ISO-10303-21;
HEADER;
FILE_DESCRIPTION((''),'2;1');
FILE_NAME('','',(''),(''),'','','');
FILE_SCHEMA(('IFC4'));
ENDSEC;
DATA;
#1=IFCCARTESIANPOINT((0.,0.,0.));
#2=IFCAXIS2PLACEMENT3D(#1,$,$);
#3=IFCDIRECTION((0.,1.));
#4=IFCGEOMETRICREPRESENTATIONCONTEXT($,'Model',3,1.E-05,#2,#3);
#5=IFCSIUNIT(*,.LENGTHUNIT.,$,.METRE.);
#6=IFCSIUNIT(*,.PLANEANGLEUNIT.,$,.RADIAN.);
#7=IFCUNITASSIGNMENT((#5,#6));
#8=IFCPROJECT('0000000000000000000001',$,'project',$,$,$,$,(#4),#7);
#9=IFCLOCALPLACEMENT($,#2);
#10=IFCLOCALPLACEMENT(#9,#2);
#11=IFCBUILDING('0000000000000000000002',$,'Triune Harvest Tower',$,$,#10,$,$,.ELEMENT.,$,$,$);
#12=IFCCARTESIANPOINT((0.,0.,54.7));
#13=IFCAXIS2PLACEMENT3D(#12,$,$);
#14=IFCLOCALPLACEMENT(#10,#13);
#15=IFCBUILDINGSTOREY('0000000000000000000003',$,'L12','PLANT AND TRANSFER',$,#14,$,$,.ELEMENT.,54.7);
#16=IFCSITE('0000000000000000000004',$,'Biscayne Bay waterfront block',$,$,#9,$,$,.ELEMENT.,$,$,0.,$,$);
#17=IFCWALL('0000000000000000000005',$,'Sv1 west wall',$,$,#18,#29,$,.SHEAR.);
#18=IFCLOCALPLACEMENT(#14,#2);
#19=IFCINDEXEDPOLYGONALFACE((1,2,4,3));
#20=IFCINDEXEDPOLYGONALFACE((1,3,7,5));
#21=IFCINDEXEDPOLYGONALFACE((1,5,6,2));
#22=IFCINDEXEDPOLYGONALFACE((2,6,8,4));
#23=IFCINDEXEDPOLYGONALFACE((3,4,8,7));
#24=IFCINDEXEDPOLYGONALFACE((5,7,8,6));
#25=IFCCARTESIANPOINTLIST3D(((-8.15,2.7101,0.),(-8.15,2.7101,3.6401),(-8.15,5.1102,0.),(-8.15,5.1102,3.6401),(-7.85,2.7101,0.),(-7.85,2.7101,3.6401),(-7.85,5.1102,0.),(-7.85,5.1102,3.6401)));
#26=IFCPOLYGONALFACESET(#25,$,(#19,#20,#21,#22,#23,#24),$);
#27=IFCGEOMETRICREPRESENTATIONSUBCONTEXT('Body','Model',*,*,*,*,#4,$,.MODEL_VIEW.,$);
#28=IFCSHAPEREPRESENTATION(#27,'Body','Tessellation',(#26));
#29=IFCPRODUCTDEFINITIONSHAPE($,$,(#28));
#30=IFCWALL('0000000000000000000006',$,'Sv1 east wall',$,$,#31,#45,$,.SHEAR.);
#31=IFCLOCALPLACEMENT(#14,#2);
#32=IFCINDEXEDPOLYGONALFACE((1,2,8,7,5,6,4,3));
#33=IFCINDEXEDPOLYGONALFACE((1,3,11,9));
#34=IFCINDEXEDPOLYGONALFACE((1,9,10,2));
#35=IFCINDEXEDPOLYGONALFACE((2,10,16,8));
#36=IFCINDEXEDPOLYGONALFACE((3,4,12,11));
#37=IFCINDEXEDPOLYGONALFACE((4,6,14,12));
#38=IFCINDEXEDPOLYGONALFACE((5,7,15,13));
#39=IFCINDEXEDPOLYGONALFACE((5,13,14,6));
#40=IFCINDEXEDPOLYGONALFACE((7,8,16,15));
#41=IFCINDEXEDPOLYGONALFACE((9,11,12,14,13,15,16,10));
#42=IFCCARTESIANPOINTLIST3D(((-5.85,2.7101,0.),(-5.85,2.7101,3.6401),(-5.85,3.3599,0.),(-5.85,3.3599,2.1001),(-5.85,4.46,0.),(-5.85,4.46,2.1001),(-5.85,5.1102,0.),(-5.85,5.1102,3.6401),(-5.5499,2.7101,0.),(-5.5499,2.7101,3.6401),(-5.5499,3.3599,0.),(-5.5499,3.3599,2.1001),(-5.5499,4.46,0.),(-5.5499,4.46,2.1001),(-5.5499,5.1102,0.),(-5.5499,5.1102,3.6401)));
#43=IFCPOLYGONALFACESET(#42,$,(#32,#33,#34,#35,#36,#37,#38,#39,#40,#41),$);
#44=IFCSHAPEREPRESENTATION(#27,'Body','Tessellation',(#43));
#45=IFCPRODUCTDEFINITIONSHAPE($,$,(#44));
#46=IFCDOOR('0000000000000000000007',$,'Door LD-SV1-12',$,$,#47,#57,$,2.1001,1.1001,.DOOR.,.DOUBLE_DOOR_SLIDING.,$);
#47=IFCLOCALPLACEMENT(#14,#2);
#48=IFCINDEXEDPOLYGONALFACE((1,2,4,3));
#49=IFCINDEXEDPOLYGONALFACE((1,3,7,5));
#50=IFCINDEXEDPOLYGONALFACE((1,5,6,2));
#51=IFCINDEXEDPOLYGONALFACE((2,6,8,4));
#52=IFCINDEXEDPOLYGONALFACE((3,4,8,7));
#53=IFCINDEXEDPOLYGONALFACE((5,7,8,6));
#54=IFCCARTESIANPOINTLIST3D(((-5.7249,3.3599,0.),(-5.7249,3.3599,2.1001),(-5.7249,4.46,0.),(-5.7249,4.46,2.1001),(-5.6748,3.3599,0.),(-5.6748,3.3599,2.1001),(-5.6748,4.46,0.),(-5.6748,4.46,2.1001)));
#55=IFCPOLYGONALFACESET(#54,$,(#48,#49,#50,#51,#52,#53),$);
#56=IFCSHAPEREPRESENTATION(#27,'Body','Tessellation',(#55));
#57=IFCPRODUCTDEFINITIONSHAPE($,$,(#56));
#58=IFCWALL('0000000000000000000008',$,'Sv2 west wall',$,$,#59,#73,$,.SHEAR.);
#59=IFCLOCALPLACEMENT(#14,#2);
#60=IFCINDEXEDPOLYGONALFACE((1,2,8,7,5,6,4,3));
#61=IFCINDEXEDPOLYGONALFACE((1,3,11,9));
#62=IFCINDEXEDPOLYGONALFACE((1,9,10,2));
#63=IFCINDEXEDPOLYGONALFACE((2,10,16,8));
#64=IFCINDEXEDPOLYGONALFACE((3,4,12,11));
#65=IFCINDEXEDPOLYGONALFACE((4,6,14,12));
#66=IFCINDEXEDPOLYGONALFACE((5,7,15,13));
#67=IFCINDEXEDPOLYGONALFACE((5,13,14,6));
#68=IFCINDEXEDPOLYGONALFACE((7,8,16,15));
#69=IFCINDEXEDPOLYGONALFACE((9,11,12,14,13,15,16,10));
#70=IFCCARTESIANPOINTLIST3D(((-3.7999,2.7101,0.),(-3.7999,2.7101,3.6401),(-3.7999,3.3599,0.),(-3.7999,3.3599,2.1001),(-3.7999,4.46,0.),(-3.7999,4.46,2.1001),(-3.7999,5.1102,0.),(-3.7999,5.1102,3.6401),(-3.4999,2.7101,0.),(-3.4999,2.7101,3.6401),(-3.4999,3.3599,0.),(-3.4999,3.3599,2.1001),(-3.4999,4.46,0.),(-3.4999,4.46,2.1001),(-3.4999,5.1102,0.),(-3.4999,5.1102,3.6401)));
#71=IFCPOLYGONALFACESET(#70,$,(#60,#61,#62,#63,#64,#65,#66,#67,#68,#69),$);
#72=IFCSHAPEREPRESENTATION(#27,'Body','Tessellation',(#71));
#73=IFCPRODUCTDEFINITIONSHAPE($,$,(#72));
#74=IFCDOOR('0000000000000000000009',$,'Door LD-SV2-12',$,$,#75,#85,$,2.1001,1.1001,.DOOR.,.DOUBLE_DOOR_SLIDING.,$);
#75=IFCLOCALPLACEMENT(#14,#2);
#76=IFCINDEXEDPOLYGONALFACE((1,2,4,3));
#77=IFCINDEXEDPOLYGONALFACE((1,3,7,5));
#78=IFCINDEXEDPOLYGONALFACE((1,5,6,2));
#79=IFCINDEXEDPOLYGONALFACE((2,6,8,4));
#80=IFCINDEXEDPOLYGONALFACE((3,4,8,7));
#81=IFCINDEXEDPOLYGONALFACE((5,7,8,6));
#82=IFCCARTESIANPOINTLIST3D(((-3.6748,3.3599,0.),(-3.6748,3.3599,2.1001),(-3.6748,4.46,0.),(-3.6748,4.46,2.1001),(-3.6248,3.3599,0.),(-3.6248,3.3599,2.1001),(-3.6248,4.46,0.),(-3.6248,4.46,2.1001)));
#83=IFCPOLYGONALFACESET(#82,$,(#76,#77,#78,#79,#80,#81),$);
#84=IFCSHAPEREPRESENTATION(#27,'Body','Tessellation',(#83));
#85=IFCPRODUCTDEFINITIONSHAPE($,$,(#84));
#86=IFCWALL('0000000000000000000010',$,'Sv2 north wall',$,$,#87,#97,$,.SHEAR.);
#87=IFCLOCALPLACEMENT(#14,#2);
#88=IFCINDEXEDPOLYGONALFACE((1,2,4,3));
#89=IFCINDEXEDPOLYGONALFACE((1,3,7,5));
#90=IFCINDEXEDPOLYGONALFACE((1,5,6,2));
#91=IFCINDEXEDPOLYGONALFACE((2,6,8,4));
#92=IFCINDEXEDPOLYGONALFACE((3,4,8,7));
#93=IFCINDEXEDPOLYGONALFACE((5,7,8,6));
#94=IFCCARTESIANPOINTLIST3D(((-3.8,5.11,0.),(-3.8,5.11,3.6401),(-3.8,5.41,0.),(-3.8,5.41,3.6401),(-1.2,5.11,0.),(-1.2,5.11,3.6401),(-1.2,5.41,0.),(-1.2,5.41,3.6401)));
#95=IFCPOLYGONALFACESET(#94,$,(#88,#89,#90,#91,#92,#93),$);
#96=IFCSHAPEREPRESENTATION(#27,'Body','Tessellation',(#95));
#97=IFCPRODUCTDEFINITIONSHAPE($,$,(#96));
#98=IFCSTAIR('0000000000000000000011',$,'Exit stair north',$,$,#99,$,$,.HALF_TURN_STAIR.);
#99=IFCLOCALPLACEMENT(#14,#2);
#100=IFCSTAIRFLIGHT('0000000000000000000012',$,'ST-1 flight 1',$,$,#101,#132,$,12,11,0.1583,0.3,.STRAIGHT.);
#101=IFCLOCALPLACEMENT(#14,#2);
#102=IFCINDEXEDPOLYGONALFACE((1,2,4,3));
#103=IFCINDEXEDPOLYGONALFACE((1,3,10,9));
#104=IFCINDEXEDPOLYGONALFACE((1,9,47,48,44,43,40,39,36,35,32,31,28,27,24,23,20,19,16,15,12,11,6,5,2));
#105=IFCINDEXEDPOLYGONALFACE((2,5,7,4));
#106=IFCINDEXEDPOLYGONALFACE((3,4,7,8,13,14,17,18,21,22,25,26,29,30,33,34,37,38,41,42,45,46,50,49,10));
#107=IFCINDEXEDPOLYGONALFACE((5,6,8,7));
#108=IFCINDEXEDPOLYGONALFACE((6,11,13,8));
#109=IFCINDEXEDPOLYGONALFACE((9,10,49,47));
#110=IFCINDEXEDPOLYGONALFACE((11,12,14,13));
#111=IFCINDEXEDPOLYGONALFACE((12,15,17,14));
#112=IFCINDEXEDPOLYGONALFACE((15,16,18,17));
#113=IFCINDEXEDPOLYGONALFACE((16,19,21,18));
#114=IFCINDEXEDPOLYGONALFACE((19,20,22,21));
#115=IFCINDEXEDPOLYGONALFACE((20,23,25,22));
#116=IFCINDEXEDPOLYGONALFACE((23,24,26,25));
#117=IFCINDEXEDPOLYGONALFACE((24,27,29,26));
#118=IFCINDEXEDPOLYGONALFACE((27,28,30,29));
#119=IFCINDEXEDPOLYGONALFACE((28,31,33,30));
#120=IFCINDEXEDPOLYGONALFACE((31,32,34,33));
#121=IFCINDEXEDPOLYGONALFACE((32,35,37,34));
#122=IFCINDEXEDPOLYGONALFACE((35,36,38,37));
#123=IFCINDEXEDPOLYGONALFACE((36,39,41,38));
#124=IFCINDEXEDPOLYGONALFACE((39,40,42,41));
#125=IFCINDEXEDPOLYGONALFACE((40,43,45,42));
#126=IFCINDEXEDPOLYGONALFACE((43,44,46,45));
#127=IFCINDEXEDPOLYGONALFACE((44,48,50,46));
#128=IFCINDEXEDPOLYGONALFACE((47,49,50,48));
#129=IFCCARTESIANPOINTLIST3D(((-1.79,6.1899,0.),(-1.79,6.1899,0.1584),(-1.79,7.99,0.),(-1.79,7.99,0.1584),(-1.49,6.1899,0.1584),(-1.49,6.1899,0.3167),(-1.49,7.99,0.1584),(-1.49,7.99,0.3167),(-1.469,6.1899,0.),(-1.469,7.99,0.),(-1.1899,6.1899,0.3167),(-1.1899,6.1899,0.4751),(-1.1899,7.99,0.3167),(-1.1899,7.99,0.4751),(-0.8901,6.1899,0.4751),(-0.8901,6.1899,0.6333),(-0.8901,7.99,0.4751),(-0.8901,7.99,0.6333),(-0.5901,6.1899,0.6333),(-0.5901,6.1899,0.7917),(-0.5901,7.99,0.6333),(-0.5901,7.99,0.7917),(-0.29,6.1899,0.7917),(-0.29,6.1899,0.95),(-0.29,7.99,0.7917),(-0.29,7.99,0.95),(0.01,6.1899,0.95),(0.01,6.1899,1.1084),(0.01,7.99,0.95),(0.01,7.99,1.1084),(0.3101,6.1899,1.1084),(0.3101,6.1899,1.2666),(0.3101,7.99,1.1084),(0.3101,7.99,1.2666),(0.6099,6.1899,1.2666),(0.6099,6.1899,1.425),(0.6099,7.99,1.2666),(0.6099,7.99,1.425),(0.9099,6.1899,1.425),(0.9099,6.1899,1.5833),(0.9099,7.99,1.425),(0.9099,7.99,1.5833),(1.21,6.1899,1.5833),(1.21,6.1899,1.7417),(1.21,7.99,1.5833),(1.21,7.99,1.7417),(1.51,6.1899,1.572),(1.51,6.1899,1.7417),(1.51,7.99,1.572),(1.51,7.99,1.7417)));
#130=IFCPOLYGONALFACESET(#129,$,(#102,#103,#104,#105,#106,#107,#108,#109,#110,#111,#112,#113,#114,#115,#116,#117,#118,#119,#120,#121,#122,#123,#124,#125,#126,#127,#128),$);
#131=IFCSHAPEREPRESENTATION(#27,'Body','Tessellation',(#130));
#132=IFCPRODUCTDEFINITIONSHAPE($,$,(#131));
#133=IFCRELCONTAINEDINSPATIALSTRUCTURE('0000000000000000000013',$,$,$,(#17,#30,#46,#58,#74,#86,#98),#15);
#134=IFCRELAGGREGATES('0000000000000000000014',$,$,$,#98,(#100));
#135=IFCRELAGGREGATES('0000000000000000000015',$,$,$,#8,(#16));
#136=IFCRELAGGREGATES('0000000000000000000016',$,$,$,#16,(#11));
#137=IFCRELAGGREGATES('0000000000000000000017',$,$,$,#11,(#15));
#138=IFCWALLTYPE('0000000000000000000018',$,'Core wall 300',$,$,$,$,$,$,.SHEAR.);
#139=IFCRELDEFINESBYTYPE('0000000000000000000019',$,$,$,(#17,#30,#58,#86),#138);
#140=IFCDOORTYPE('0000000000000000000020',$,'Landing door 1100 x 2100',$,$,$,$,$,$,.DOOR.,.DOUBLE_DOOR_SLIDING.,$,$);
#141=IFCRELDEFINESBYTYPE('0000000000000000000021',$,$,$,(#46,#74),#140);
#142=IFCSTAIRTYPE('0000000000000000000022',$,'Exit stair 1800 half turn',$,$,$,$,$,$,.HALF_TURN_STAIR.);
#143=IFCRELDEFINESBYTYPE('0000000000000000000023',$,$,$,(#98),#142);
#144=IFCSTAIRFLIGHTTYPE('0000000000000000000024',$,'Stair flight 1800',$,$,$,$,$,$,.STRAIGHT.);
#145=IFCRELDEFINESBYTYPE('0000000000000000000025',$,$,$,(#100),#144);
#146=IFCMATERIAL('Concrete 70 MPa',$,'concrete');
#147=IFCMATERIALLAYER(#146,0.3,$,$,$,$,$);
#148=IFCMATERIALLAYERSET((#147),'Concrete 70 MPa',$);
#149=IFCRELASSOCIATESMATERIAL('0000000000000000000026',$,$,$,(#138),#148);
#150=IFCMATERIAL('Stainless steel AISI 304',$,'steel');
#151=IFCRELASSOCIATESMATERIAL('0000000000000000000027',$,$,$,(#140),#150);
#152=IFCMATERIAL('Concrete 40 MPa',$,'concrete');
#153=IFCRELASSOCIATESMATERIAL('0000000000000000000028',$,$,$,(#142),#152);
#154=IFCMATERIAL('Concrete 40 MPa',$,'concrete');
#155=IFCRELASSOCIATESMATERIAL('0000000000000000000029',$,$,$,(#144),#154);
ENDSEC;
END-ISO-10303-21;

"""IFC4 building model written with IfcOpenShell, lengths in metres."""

from ifc_helpers import new_model, si_unit, direction, frame, frame_2d, origin, place, context, subcontext, project, spatial, polyline, rectangle, outline, extrude, source, transform, mapped, material, layer, layer_set, type_object, element, fill, aggregate, save


model = new_model("IFC4")

# Units and contexts
model_context = context("Model", 3, precision=1e-05, world=origin(), true_north=direction((0.0, 1.0)))
body_context = subcontext(model_context, "Body", "Model", "MODEL_VIEW")
ifc_project = project(units=[si_unit("LENGTHUNIT", "METRE"), si_unit("PLANEANGLEUNIT", "RADIAN")], contexts=[model_context])

# Site, building, storey
site_placement = place(None, origin())
site = spatial("IfcSite", under=ifc_project, at=site_placement, Name="Biscayne Bay waterfront block", CompositionType="ELEMENT", RefElevation=0.0)
building_placement = place(site_placement, origin())
building = spatial("IfcBuilding", under=site, at=building_placement, Name="Triune Harvest Tower", CompositionType="ELEMENT")
storey_placement = place(building_placement, frame((0.0, 0.0, 54.7)))
storey = spatial("IfcBuildingStorey", under=building, at=storey_placement, Name="L12", Description="PLANT AND TRANSFER", CompositionType="ELEMENT", Elevation=54.7)

# Shared definitions
ifc_material_1 = material(Name="Concrete 70 MPa", Category="concrete")
ifc_layer = layer(ifc_material_1, 0.3)
ifc_layer_set = layer_set([ifc_layer], Name="Concrete 70 MPa")
wall_type = type_object("IfcWallType", Name="Core wall 300", PredefinedType="SHEAR", material=ifc_layer_set)
ifc_material_2 = material(Name="Stainless steel AISI 304", Category="steel")
door_type_1 = type_object("IfcDoorType", Name="Landing door 1100 x 2100", OperationType="DOUBLE_DOOR_SLIDING", PredefinedType="DOOR", material=ifc_material_2)

# Wall
shared_shape_1 = source(origin(), body_context, "Body", "SweptSolid", [
    extrude(rectangle(XDim=2.4001, YDim=0.3, at=frame_2d((1.2002, 0.0))), origin(), (0.0, 0.0, 1.0), 3.6401),
])
wall_1_placement = place(storey_placement, frame((-8.0, 2.71, 0.0), z_axis=(0.0, 0.0, 1.0), x_axis=(0.0, 1.0, 0.0)))
element("IfcWall", 1, at=wall_1_placement, inside=storey, type_object=wall_type, Name="Sv1 west wall", PredefinedType="SHEAR", context=body_context, shape_type="MappedRepresentation", body=[
    mapped(shared_shape_1, transform((0.0, 0.0, 0.0), scale=1.0)),
])

# Walls, openings, doors
wall_2_placement = place(storey_placement, frame((-5.7, 2.71, 0.0), z_axis=(0.0, 0.0, 1.0), x_axis=(0.0, 1.0, 0.0)))
wall_2 = element("IfcWall", 2, at=wall_2_placement, inside=storey, type_object=wall_type, Name="Sv1 east wall", PredefinedType="SHEAR", context=body_context, shape_type="MappedRepresentation", body=[
    mapped(shared_shape_1, transform((0.0, 0.0, 0.0), scale=1.0)),
])
opening_1_placement = place(wall_2_placement, frame((0.6499, 0.0, 0.0)))
opening_1 = element("IfcOpeningElement", 3, at=opening_1_placement, cuts=wall_2, PredefinedType="OPENING", context=body_context, shape_type="SweptSolid", body=[
    extrude(rectangle(XDim=1.1001, YDim=2.1001, at=frame_2d((0.55, 1.05))), frame((0.0, 0.1602, 0.0), z_axis=(0.0, -1.0, 0.0), x_axis=(1.0, 0.0, 0.0)), (0.0, 0.0, 1.0), 0.3201),
])
door_1_placement = place(opening_1_placement, origin())
door_1 = element("IfcDoor", 4, at=door_1_placement, inside=storey, type_object=door_type_1, Name="Door LD-SV1-12", OperationType="DOUBLE_DOOR_SLIDING", OverallHeight=2.1001, OverallWidth=1.1001, PredefinedType="DOOR", context=body_context, shape_type="SweptSolid", body=[
    extrude(rectangle(XDim=1.1001, YDim=2.1001, at=frame_2d((0.55, 1.05))), frame((0.0, 0.0249, 0.0), z_axis=(0.0, -1.0, 0.0), x_axis=(1.0, 0.0, 0.0)), (0.0, 0.0, 1.0), 0.05),
])
fill(opening_1, door_1)
wall_3_placement = place(storey_placement, frame((-3.6499, 2.71, 0.0), z_axis=(0.0, 0.0, 1.0), x_axis=(0.0, 1.0, 0.0)))
wall_3 = element("IfcWall", 5, at=wall_3_placement, inside=storey, type_object=wall_type, Name="Sv2 west wall", PredefinedType="SHEAR", context=body_context, shape_type="MappedRepresentation", body=[
    mapped(shared_shape_1, transform((0.0, 0.0, 0.0), scale=1.0)),
])
opening_2_placement = place(wall_3_placement, frame((0.6499, 0.0, 0.0)))
opening_2 = element("IfcOpeningElement", 6, at=opening_2_placement, cuts=wall_3, PredefinedType="OPENING", context=body_context, shape_type="SweptSolid", body=[
    extrude(rectangle(XDim=1.1001, YDim=2.1001, at=frame_2d((0.55, 1.05))), frame((0.0, 0.1602, 0.0), z_axis=(0.0, -1.0, 0.0), x_axis=(1.0, 0.0, 0.0)), (0.0, 0.0, 1.0), 0.3201),
])
door_2_placement = place(opening_2_placement, origin())
door_2 = element("IfcDoor", 7, at=door_2_placement, inside=storey, type_object=door_type_1, Name="Door LD-SV2-12", OperationType="DOUBLE_DOOR_SLIDING", OverallHeight=2.1001, OverallWidth=1.1001, PredefinedType="DOOR", context=body_context, shape_type="SweptSolid", body=[
    extrude(rectangle(XDim=1.1001, YDim=2.1001, at=frame_2d((0.55, 1.05))), frame((0.0, 0.0249, 0.0), z_axis=(0.0, -1.0, 0.0), x_axis=(1.0, 0.0, 0.0)), (0.0, 0.0, 1.0), 0.05),
])
fill(opening_2, door_2)

# Wall
shared_shape_2 = source(origin(), body_context, "Body", "SweptSolid", [
    extrude(rectangle(XDim=2.6001, YDim=0.3, at=frame_2d((1.3, 0.0))), origin(), (0.0, 0.0, 1.0), 3.6401),
])
wall_4_placement = place(storey_placement, frame((-3.8, 5.26, 0.0), z_axis=(0.0, 0.0, 1.0), x_axis=(1.0, 0.0, 0.0)))
element("IfcWall", 8, at=wall_4_placement, inside=storey, type_object=wall_type, Name="Sv2 north wall", PredefinedType="SHEAR", context=body_context, shape_type="MappedRepresentation", body=[
    mapped(shared_shape_2, transform((0.0, 0.0, 0.0), scale=1.0)),
])

# Stair, stair flight
ifc_material_3 = material(Name="Concrete 40 MPa", Category="concrete")
stair_type = type_object("IfcStairType", Name="Exit stair 1800 half turn", PredefinedType="HALF_TURN_STAIR", material=ifc_material_3)
stair_placement = place(storey_placement, origin())
stair = element("IfcStair", 9, at=stair_placement, inside=storey, type_object=stair_type, Name="Exit stair north", PredefinedType="HALF_TURN_STAIR")
ifc_material_4 = material(Name="Concrete 40 MPa", Category="concrete")
stair_flight_type = type_object("IfcStairFlightType", Name="Stair flight 1800", PredefinedType="STRAIGHT", material=ifc_material_4)
shared_shape_3 = source(origin(), body_context, "Body", "SweptSolid", [
    extrude(outline(polyline([(0.0, 0.0), (0.0, 0.1584), (0.3, 0.1584), (0.3, 0.3167), (0.6001, 0.3167), (0.6001, 0.4751), (0.8999, 0.4751), (0.8999, 0.6333), (1.2, 0.6333), (1.2, 0.7917), (1.5, 0.7917), (1.5, 0.95), (1.8, 0.95), (1.8, 1.1084), (2.1001, 1.1084), (2.1001, 1.2666), (2.3999, 1.2666), (2.3999, 1.425), (2.7, 1.425), (2.7, 1.5833), (3.0, 1.5833), (3.0, 1.7417), (3.3, 1.7417), (3.3, 1.8999), (3.3, 1.572), (0.321, 0.0), (0.0, 0.0)])), frame((0.0, 0.8999, 0.0), z_axis=(0.0, -1.0, 0.0), x_axis=(1.0, 0.0, 0.0)), (0.0, 0.0, 1.0), 1.8),
])
stair_flight_placement = place(storey_placement, frame((-1.79, 7.0901, 0.0), z_axis=(0.0, 0.0, 1.0), x_axis=(1.0, 0.0, 0.0)))
stair_flight = element("IfcStairFlight", 10, at=stair_flight_placement, type_object=stair_flight_type, Name="ST-1 flight 1", NumberOfRisers=12, NumberOfTreads=11, PredefinedType="STRAIGHT", RiserHeight=0.1583, TreadLength=0.3, context=body_context, shape_type="MappedRepresentation", body=[
    mapped(shared_shape_3, transform((0.0, 0.0, 0.0), scale=1.0)),
])
aggregate(stair, [stair_flight])

save(model, "model.ifc")
